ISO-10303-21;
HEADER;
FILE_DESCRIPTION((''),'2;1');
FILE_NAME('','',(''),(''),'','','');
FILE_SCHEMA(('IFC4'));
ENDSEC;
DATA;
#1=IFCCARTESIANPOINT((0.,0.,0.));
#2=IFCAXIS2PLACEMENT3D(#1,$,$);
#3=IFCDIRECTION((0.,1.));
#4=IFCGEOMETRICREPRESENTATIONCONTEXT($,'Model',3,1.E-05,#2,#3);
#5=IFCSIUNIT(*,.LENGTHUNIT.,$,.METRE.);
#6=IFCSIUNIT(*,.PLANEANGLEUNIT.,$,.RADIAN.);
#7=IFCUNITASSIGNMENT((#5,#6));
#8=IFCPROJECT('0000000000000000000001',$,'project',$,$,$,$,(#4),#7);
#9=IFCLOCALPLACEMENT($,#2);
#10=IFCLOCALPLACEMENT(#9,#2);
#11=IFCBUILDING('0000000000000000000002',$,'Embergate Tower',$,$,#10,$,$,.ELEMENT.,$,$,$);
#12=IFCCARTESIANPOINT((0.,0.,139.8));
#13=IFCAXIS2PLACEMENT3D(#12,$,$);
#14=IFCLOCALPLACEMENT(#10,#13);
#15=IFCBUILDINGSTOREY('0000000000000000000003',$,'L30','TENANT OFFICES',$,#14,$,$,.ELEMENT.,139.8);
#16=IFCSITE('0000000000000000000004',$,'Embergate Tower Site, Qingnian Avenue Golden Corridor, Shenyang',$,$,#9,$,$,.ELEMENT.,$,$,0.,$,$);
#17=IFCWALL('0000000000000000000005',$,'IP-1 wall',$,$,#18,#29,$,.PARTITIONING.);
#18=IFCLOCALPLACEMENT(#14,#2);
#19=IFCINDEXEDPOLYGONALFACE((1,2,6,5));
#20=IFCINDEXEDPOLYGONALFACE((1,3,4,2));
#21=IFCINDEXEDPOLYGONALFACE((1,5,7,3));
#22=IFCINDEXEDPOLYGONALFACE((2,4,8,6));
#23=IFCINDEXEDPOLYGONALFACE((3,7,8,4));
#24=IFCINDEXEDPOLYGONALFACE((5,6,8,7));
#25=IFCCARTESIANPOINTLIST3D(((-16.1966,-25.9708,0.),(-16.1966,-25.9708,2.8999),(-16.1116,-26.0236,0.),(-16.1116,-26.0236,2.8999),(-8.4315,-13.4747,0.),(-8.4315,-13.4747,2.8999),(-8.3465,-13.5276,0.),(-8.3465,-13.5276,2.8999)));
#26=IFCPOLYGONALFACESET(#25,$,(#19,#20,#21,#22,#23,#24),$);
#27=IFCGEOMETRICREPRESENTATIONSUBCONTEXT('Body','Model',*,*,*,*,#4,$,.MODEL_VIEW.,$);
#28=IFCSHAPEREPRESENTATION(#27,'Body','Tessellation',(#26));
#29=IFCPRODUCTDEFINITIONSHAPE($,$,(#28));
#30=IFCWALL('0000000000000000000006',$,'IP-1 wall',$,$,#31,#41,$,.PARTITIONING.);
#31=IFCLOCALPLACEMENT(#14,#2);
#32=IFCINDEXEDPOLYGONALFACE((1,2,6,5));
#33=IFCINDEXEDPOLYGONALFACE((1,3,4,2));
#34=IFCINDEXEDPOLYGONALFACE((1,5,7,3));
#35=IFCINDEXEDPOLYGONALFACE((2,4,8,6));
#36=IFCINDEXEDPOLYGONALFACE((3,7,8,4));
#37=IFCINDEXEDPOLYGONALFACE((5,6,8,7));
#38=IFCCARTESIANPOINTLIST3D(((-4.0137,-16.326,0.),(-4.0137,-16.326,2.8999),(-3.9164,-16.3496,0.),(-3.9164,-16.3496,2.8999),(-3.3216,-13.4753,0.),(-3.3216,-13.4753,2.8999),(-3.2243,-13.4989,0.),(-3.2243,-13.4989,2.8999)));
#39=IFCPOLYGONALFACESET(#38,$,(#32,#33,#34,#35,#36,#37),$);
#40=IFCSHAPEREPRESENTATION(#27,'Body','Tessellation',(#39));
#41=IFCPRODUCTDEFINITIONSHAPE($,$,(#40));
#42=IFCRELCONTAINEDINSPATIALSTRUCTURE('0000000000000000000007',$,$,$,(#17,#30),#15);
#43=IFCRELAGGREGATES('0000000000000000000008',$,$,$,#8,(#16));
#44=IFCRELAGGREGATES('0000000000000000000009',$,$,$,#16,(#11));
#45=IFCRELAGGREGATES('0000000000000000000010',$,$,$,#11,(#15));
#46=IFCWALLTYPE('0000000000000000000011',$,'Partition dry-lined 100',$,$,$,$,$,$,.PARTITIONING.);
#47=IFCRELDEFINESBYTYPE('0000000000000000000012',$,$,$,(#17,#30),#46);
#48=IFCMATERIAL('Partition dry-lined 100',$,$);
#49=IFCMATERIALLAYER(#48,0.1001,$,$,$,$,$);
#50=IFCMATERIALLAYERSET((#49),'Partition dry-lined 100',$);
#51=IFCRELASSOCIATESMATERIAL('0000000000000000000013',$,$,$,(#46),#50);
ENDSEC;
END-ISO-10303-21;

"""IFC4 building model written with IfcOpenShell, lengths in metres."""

from ifc_helpers import new_model, si_unit, direction, frame, frame_2d, origin, place, context, subcontext, project, spatial, rectangle, extrude, source, transform, mapped, material, layer, layer_set, type_object, element, save


model = new_model("IFC4")

# Units and contexts
model_context = context("Model", 3, precision=1e-05, world=origin(), true_north=direction((0.0, 1.0)))
body_context = subcontext(model_context, "Body", "Model", "MODEL_VIEW")
ifc_project = project(units=[si_unit("LENGTHUNIT", "METRE"), si_unit("PLANEANGLEUNIT", "RADIAN")], contexts=[model_context])

# Site, building, storey
site_placement = place(None, origin())
site = spatial("IfcSite", under=ifc_project, at=site_placement, Name="Embergate Tower Site, Qingnian Avenue Golden Corridor, Shenyang", CompositionType="ELEMENT", RefElevation=0.0)
building_placement = place(site_placement, origin())
building = spatial("IfcBuilding", under=site, at=building_placement, Name="Embergate Tower", CompositionType="ELEMENT")
storey_placement = place(building_placement, frame((0.0, 0.0, 139.8)))
storey = spatial("IfcBuildingStorey", under=building, at=storey_placement, Name="L30", Description="TENANT OFFICES", CompositionType="ELEMENT", Elevation=139.8)

# Walls
ifc_material_1 = material(Name="Partition dry-lined 100")
ifc_layer_1 = layer(ifc_material_1, 0.1001)
ifc_layer_set_1 = layer_set([ifc_layer_1], Name="Partition dry-lined 100")
wall_type_1 = type_object("IfcWallType", Name="Partition dry-lined 100", PredefinedType="PARTITIONING", material=ifc_layer_set_1)
shared_shape_1 = source(origin(), body_context, "Body", "SweptSolid", [
    extrude(rectangle(XDim=14.7122, YDim=0.1001, at=frame_2d((7.356, 0.0))), origin(), (0.0, 0.0, 1.0), 2.8999),
])
wall_1_placement = place(storey_placement, frame((-16.1541, -25.9971, 0.0), z_axis=(0.0, 0.0, 1.0), x_axis=(0.527801, 0.849368, 0.0)))
element("IfcWall", 1, at=wall_1_placement, inside=storey, type_object=wall_type_1, Name="IP-1 wall", PredefinedType="PARTITIONING", context=body_context, shape_type="MappedRepresentation", body=[
    mapped(shared_shape_1, transform((0.0, 0.0, 0.0))),
])
shared_shape_2 = source(origin(), body_context, "Body", "SweptSolid", [
    extrude(rectangle(XDim=2.9336, YDim=0.1001, at=frame_2d((1.4668, 0.0))), origin(), (0.0, 0.0, 1.0), 2.8999),
])
wall_2_placement = place(storey_placement, frame((-3.2729, -13.4871, 0.0), z_axis=(0.0, 0.0, 1.0), x_axis=(-0.235931, -0.97177, 0.0)))
element("IfcWall", 2, at=wall_2_placement, inside=storey, type_object=wall_type_1, Name="IP-1 wall", PredefinedType="PARTITIONING", context=body_context, shape_type="MappedRepresentation", body=[
    mapped(shared_shape_2, transform((0.0, 0.0, 0.0))),
])

save(model, "model.ifc")
